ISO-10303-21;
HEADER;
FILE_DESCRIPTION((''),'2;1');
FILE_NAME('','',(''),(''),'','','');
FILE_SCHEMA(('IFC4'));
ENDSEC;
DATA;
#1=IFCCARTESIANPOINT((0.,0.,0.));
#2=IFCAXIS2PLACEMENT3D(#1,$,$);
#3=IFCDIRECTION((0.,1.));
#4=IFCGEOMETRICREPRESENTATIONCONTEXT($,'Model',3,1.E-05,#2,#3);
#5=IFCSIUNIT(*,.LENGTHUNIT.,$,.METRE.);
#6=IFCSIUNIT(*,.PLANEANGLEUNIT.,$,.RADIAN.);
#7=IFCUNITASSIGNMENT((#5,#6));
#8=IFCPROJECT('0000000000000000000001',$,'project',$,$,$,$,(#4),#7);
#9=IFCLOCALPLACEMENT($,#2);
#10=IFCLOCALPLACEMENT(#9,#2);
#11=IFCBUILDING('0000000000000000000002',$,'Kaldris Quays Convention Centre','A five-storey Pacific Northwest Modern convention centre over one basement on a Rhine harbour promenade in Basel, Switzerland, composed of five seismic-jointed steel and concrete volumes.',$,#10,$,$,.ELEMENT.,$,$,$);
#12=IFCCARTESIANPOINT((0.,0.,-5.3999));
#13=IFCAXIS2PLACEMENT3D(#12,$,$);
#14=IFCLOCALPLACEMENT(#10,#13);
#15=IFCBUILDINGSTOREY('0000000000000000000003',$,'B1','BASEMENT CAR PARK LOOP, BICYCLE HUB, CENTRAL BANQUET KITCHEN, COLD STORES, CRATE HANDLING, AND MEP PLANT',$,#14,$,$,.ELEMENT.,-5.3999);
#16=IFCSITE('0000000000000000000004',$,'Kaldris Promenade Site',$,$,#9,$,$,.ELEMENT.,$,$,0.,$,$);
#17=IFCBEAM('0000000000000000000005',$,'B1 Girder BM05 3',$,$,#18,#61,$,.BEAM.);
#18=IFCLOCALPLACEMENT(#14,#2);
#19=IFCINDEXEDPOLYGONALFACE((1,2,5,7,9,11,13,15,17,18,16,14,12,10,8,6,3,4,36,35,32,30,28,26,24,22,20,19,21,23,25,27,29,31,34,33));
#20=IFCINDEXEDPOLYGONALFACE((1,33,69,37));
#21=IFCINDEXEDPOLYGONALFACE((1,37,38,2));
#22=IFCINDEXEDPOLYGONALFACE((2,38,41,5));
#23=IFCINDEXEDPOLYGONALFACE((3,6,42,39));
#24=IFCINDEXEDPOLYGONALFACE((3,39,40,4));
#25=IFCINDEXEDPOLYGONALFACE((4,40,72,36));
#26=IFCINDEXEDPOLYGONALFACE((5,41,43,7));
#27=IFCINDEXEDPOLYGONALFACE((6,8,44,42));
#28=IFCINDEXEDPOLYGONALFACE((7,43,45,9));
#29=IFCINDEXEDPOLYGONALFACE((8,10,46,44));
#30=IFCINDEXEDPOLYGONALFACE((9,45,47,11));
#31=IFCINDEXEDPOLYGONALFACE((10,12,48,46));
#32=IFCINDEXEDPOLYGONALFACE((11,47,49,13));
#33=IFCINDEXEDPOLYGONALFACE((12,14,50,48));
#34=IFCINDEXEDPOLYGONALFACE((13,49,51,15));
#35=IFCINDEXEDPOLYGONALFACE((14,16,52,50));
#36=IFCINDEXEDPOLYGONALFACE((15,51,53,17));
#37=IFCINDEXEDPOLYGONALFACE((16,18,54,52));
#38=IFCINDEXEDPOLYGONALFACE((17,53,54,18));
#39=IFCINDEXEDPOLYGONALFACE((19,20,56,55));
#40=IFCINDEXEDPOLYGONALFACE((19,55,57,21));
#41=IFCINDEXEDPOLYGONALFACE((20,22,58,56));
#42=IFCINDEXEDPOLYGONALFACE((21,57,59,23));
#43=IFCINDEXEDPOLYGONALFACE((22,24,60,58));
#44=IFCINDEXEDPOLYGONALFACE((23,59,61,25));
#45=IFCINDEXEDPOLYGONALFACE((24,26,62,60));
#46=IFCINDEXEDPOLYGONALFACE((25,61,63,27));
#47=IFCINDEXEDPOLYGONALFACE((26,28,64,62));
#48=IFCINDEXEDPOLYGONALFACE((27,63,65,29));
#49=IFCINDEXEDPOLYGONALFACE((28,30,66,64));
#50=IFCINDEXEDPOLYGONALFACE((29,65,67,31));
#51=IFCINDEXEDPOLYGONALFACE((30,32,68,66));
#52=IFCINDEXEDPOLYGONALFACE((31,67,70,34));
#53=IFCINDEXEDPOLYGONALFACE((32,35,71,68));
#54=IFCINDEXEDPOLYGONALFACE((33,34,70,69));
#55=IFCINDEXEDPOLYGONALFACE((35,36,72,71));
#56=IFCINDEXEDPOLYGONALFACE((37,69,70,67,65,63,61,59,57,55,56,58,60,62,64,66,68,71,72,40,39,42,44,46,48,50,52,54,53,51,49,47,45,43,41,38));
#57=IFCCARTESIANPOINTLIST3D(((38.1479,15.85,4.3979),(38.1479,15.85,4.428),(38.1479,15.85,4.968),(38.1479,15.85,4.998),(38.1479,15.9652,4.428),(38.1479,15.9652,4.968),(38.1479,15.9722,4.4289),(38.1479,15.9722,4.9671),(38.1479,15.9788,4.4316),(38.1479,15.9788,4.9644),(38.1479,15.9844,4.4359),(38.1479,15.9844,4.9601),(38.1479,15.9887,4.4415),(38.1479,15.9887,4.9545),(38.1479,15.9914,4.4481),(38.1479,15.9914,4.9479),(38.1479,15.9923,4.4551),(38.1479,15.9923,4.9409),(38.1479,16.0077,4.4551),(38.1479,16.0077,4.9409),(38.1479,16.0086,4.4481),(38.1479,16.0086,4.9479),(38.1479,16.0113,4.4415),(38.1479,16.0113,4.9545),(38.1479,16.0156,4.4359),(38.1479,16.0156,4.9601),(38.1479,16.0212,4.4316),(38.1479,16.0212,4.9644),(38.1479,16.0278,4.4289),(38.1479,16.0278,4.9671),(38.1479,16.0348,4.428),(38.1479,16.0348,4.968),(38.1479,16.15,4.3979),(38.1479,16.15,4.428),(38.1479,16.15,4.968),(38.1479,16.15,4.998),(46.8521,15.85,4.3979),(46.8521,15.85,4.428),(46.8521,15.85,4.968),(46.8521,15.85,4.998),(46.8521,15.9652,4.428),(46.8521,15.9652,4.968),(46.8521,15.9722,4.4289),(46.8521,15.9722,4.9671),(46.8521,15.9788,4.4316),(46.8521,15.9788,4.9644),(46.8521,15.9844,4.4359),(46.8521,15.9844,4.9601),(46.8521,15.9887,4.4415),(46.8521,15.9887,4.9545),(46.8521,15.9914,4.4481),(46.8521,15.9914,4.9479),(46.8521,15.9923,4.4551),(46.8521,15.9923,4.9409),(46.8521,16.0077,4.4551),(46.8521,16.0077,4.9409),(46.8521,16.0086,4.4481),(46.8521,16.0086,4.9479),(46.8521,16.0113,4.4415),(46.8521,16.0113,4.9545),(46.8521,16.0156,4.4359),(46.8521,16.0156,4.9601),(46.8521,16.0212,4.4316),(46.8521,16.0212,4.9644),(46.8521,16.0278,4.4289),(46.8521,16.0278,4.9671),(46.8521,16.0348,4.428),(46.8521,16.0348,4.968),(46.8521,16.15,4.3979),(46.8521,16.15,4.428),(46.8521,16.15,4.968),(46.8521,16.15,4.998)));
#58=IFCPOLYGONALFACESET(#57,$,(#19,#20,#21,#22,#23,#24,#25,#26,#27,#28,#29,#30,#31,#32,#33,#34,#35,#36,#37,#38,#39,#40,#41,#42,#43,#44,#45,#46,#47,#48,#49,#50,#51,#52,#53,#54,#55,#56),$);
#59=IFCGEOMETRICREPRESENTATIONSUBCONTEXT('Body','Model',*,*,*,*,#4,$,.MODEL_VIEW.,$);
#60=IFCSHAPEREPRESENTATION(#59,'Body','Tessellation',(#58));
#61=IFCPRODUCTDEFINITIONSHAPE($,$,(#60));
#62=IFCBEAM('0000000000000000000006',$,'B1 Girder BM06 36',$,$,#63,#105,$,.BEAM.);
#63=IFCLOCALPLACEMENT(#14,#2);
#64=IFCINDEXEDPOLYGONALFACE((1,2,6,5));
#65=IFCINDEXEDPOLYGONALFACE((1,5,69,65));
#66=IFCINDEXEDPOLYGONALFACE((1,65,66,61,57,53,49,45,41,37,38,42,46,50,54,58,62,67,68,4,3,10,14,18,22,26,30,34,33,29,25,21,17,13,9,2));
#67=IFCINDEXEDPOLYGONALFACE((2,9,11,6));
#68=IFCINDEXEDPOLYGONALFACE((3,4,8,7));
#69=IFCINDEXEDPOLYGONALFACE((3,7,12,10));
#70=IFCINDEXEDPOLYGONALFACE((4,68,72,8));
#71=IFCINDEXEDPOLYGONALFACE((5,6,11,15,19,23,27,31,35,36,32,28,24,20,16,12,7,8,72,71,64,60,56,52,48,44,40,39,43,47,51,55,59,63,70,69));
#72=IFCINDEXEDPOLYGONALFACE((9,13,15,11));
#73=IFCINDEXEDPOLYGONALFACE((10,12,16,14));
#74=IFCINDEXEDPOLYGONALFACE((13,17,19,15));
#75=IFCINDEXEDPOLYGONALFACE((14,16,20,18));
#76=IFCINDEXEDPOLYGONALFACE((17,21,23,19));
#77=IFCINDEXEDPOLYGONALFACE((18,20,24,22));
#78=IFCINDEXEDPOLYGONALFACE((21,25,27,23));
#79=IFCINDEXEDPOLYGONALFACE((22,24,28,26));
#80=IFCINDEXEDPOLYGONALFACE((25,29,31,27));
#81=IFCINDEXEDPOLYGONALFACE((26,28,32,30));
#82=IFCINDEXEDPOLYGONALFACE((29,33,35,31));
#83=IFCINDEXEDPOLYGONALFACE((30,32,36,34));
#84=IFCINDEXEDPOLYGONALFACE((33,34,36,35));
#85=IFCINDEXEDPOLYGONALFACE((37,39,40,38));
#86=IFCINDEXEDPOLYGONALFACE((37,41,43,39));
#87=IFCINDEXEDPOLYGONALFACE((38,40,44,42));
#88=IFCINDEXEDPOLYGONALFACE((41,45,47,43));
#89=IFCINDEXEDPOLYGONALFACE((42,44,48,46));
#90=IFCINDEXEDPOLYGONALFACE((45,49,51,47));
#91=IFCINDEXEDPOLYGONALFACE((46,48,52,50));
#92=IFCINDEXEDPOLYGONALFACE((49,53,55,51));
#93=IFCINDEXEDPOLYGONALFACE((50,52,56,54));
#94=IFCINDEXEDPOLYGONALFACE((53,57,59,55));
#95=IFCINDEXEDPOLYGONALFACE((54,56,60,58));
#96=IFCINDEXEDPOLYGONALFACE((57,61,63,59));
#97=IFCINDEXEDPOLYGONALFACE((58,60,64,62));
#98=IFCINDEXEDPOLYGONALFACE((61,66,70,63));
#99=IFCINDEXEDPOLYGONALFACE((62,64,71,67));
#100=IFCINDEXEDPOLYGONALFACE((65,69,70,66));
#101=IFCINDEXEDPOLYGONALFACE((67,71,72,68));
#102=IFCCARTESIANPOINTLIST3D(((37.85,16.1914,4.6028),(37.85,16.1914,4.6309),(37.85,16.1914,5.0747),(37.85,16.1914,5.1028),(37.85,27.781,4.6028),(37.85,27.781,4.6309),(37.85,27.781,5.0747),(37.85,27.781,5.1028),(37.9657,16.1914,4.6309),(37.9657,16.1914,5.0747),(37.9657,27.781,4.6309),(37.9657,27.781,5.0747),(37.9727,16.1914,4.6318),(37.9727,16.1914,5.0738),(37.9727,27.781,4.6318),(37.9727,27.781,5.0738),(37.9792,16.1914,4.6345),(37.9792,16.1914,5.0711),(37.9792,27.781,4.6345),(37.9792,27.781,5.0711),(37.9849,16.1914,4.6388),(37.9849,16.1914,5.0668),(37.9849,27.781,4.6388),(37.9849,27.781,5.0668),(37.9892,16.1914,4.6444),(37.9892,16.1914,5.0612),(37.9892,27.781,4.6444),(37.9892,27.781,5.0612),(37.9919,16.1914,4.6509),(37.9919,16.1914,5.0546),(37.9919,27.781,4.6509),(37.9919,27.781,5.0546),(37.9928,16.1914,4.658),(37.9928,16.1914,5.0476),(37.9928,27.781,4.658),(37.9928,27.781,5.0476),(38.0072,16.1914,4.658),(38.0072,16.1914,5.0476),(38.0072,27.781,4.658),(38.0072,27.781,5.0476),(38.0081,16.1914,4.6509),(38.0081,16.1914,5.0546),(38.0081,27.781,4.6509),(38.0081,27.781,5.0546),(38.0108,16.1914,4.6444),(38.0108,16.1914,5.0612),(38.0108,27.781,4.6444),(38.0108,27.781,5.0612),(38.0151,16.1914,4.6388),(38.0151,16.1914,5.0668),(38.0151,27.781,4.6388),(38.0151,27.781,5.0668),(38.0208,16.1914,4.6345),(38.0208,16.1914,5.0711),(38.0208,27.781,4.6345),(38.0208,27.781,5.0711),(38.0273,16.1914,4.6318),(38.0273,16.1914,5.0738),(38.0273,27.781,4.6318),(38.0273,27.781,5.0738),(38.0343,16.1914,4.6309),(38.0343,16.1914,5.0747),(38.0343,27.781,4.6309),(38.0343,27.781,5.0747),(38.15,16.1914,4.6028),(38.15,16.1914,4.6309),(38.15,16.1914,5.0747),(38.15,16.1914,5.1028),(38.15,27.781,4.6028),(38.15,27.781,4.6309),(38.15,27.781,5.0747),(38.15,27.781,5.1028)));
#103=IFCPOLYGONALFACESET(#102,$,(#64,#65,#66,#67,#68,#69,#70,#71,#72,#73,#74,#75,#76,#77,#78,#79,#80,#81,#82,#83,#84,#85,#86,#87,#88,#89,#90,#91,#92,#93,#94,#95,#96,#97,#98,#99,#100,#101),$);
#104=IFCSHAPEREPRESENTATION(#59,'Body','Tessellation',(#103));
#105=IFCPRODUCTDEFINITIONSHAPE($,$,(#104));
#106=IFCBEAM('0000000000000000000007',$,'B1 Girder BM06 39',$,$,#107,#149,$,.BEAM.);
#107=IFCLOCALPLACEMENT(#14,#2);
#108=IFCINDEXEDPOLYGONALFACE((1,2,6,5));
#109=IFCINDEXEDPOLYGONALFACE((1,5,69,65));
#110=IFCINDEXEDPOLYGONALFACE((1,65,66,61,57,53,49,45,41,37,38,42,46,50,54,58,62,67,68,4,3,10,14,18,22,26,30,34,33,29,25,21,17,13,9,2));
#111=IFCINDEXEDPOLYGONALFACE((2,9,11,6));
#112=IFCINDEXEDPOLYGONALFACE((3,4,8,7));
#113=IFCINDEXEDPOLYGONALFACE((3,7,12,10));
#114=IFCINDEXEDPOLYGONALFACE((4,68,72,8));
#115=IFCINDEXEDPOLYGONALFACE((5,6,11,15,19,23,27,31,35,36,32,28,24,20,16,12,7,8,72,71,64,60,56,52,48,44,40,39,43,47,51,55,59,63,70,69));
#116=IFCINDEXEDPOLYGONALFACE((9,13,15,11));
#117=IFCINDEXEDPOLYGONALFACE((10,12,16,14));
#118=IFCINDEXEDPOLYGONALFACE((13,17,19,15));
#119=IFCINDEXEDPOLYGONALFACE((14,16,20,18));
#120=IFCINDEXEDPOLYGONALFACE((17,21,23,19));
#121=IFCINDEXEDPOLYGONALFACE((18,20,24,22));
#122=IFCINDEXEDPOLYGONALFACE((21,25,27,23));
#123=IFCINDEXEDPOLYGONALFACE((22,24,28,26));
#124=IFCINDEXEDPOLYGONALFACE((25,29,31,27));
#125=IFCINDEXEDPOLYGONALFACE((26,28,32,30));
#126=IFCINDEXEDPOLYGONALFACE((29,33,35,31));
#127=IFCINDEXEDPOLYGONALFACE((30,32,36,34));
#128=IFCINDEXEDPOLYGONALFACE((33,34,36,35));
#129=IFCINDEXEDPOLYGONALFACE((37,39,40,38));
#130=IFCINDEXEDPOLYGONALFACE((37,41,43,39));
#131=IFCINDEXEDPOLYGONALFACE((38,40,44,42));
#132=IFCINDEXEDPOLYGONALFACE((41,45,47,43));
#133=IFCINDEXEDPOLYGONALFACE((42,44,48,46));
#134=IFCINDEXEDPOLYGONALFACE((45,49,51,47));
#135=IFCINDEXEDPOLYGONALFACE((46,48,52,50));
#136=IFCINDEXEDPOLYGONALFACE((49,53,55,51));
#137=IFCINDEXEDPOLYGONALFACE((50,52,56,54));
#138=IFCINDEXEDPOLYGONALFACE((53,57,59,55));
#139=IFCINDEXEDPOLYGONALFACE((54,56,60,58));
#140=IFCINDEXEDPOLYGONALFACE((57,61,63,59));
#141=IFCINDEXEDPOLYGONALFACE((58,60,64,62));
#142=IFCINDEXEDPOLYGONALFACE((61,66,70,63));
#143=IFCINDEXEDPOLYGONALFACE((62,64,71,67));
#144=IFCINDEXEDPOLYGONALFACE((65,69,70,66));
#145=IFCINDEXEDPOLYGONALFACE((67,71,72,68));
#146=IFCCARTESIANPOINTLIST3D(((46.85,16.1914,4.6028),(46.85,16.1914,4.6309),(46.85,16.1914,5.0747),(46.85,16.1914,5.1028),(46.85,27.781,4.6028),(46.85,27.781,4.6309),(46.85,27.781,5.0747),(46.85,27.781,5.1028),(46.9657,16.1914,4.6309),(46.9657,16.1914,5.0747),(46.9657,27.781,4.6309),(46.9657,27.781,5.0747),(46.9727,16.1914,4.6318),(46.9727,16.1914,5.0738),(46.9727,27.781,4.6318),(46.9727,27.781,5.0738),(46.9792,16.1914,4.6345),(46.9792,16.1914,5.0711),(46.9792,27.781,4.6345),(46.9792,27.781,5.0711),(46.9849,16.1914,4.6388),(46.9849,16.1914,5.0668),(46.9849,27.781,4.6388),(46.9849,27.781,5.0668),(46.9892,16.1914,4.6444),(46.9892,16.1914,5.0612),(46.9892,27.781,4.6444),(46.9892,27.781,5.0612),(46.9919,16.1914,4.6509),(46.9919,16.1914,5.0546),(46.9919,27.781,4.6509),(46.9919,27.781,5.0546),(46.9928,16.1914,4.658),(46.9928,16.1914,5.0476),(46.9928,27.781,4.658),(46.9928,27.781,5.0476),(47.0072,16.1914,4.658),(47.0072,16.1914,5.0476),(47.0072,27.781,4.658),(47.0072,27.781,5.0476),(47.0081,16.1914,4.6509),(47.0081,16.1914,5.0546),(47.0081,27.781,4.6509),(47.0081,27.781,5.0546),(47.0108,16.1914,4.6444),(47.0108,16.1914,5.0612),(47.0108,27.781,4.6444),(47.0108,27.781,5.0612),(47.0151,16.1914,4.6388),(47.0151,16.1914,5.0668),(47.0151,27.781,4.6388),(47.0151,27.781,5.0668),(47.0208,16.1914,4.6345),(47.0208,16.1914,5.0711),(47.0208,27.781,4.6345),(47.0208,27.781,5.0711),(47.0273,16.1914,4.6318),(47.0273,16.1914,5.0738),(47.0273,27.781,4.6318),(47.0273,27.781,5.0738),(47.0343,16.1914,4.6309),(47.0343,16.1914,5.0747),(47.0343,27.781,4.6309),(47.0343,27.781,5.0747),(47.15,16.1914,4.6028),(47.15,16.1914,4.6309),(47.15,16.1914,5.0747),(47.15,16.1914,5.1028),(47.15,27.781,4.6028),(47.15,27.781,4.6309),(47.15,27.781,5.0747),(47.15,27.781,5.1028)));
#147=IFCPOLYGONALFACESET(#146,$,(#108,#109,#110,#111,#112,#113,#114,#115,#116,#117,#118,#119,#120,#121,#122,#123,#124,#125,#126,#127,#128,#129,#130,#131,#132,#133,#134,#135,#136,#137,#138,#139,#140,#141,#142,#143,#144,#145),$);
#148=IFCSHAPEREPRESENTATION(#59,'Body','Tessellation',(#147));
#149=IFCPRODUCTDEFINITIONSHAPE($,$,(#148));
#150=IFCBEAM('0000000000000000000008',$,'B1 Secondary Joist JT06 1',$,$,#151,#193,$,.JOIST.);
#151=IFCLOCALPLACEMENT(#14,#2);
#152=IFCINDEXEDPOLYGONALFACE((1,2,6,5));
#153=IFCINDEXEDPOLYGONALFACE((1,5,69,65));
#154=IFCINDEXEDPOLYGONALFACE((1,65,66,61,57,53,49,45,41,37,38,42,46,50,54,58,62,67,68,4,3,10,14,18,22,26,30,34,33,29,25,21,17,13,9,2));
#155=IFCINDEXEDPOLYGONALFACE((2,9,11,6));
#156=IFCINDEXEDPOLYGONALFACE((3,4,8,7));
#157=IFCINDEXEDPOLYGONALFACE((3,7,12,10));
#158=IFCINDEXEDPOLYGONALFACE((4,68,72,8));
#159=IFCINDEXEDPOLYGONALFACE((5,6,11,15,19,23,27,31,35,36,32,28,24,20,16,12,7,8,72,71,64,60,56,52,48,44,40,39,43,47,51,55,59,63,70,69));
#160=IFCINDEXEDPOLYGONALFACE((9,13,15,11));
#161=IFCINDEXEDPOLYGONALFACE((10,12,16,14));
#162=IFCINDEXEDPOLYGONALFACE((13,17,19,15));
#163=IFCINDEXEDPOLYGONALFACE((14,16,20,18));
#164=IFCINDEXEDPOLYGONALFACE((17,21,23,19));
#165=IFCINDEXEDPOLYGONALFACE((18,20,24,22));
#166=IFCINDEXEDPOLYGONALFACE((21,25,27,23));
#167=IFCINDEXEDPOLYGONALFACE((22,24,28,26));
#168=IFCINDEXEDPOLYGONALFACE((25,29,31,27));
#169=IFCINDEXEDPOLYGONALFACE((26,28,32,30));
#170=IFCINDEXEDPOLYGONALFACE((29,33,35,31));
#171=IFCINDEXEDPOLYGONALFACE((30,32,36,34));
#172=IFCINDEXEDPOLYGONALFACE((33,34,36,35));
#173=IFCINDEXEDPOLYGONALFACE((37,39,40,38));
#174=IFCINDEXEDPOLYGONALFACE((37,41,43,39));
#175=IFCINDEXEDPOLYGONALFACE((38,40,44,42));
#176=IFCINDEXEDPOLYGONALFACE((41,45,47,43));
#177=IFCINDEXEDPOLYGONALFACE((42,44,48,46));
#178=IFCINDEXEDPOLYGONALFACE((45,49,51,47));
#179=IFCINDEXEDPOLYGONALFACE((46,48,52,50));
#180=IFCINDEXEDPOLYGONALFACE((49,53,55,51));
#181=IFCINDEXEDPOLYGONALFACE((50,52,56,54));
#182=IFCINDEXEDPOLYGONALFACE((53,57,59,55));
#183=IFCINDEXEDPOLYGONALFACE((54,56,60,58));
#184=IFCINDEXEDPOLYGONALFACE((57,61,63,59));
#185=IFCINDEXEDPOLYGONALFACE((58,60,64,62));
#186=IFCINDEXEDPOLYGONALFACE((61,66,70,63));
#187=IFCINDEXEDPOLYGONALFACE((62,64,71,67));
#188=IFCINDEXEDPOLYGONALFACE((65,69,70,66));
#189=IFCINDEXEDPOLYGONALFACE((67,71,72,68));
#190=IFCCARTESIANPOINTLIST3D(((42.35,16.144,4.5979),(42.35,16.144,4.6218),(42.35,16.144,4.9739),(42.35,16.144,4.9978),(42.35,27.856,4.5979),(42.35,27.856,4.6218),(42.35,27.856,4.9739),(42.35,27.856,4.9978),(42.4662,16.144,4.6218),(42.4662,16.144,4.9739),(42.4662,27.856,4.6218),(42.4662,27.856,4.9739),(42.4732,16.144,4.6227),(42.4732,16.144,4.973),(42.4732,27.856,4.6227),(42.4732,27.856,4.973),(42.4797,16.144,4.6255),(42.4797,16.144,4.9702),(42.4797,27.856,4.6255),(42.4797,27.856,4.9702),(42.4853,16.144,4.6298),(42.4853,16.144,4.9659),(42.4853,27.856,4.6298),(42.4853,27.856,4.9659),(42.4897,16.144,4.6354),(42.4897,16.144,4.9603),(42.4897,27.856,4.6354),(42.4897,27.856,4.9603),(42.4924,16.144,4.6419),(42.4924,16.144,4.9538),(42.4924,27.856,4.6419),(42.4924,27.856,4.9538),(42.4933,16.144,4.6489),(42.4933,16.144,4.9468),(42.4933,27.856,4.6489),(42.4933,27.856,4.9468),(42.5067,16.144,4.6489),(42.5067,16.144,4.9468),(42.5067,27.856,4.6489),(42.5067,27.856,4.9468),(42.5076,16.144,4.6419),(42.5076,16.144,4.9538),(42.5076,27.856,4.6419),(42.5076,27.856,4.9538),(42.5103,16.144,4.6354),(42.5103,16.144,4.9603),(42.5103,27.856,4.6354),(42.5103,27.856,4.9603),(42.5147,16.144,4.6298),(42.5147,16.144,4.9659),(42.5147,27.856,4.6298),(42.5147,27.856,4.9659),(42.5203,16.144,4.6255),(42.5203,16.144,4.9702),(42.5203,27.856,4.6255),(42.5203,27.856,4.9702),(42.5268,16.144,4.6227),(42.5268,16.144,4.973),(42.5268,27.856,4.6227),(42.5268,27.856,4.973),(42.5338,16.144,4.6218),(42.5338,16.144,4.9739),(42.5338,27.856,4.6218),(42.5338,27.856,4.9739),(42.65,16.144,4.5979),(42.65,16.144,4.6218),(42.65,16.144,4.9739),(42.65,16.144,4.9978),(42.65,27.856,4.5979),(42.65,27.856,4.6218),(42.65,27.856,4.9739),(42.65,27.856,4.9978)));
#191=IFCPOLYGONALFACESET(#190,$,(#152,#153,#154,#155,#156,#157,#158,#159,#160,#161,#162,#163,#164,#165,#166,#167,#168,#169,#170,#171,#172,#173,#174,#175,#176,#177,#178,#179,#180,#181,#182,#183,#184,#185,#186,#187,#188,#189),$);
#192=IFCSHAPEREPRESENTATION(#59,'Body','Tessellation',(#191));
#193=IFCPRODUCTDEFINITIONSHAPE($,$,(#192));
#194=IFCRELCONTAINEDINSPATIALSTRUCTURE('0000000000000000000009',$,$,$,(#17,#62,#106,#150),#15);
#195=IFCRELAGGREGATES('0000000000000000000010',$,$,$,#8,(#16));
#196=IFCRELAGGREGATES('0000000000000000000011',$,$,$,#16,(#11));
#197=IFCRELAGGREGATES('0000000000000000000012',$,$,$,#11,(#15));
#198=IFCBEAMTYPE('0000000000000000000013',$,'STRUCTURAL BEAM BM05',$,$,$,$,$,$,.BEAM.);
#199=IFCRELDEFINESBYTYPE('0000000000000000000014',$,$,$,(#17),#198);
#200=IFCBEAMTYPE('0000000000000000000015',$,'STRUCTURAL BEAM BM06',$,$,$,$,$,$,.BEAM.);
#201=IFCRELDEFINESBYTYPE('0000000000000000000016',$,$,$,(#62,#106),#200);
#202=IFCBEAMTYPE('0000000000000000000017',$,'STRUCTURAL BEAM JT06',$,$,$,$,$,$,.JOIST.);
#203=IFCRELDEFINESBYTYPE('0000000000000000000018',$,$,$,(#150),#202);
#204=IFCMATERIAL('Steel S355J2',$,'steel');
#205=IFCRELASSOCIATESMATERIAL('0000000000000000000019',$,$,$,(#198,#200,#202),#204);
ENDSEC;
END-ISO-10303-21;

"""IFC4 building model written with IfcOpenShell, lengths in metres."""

from ifc_helpers import new_model, si_unit, direction, frame, origin, origin_2d, place, context, subcontext, project, spatial, i_section, extrude, material, material_profile, profile_set, type_object, element, save


model = new_model("IFC4")

# Units and contexts
model_context = context("Model", 3, precision=1e-05, world=origin(), true_north=direction((0.0, 1.0)))
body_context = subcontext(model_context, "Body", "Model", "MODEL_VIEW")
ifc_project = project(units=[si_unit("LENGTHUNIT", "METRE"), si_unit("PLANEANGLEUNIT", "RADIAN")], contexts=[model_context])

# Site, building, storey
site_placement = place(None, origin())
site = spatial("IfcSite", under=ifc_project, at=site_placement, Name="Kaldris Promenade Site", CompositionType="ELEMENT", RefElevation=0.0)
building_placement = place(site_placement, origin())
building = spatial("IfcBuilding", under=site, at=building_placement, Name="Kaldris Quays Convention Centre", Description="A five-storey Pacific Northwest Modern convention centre over one basement on a Rhine harbour promenade in Basel, Switzerland, composed of five seismic-jointed steel and concrete volumes.", CompositionType="ELEMENT")
storey_placement = place(building_placement, frame((0.0, 0.0, -5.3999)))
storey = spatial("IfcBuildingStorey", under=building, at=storey_placement, Name="B1", Description="BASEMENT CAR PARK LOOP, BICYCLE HUB, CENTRAL BANQUET KITCHEN, COLD STORES, CRATE HANDLING, AND MEP PLANT", CompositionType="ELEMENT", Elevation=-5.3999)

# Beams
ifc_material_1 = material(Name="Steel S355J2", Category="steel")
ifc_material_profile_1 = material_profile(ifc_material_1, i_section(OverallWidth=0.3, OverallDepth=0.6001, WebThickness=0.0154, FlangeThickness=0.03, FilletRadius=0.0271, at=origin_2d()), Name="HEB 600")
ifc_profile_set_1 = profile_set([ifc_material_profile_1], Name="Steel S355J2")
beam_type_1 = type_object("IfcBeamType", Name="STRUCTURAL BEAM BM05", PredefinedType="BEAM", material=ifc_profile_set_1)
beam_1_placement = place(storey_placement, frame((38.1479, 16.0, 4.698), z_axis=(1.0, 0.0, 0.0), x_axis=(0.0, 1.0, 0.0)))
element("IfcBeam", 1, at=beam_1_placement, inside=storey, type_object=beam_type_1, Name="B1 Girder BM05 3", PredefinedType="BEAM", context=body_context, shape_type="SweptSolid", body=[
    extrude(i_section(OverallWidth=0.3, OverallDepth=0.6001, WebThickness=0.0154, FlangeThickness=0.03, FilletRadius=0.0271, at=origin_2d()), origin(), (0.0, 0.0, 1.0), 8.7041),
])
ifc_material_profile_2 = material_profile(ifc_material_1, i_section(OverallWidth=0.3, OverallDepth=0.5, WebThickness=0.0144, FlangeThickness=0.0281, FilletRadius=0.0271, at=origin_2d()), Name="HEB 500")
ifc_profile_set_2 = profile_set([ifc_material_profile_2], Name="Steel S355J2")
beam_type_2 = type_object("IfcBeamType", Name="STRUCTURAL BEAM BM06", PredefinedType="BEAM", material=ifc_profile_set_2)
for number, where, z_axis, x_axis, name in (
    (2, (38.0, 16.1914, 4.8528), (0.0, 1.0, 0.0), (-1.0, 0.0, 0.0), "B1 Girder BM06 36"),
    (3, (47.0, 16.1914, 4.8528), (0.0, 1.0, 0.0), (-1.0, 0.0, 0.0), "B1 Girder BM06 39"),
):
    element("IfcBeam", number, at=place(storey_placement, frame(where, z_axis=z_axis, x_axis=x_axis)), inside=storey, type_object=beam_type_2, Name=name, PredefinedType="BEAM", context=body_context, shape_type="SweptSolid", body=[
        extrude(i_section(OverallWidth=0.3, OverallDepth=0.5, WebThickness=0.0144, FlangeThickness=0.0281, FilletRadius=0.0271, at=origin_2d()), origin(), (0.0, 0.0, 1.0), 11.5896),
    ])
ifc_material_profile_3 = material_profile(ifc_material_1, i_section(OverallWidth=0.3, OverallDepth=0.3999, WebThickness=0.0134, FlangeThickness=0.0239, FilletRadius=0.0271, at=origin_2d()), Name="HEB 400")
ifc_profile_set_3 = profile_set([ifc_material_profile_3], Name="Steel S355J2")
beam_type_3 = type_object("IfcBeamType", Name="STRUCTURAL BEAM JT06", PredefinedType="JOIST", material=ifc_profile_set_3)
beam_2_placement = place(storey_placement, frame((42.5, 16.144, 4.7979), z_axis=(0.0, 1.0, 0.0), x_axis=(-1.0, 0.0, 0.0)))
element("IfcBeam", 4, at=beam_2_placement, inside=storey, type_object=beam_type_3, Name="B1 Secondary Joist JT06 1", PredefinedType="JOIST", context=body_context, shape_type="SweptSolid", body=[
    extrude(i_section(OverallWidth=0.3, OverallDepth=0.3999, WebThickness=0.0134, FlangeThickness=0.0239, FilletRadius=0.0271, at=origin_2d()), origin(), (0.0, 0.0, 1.0), 11.7119),
])

save(model, "model.ifc")
